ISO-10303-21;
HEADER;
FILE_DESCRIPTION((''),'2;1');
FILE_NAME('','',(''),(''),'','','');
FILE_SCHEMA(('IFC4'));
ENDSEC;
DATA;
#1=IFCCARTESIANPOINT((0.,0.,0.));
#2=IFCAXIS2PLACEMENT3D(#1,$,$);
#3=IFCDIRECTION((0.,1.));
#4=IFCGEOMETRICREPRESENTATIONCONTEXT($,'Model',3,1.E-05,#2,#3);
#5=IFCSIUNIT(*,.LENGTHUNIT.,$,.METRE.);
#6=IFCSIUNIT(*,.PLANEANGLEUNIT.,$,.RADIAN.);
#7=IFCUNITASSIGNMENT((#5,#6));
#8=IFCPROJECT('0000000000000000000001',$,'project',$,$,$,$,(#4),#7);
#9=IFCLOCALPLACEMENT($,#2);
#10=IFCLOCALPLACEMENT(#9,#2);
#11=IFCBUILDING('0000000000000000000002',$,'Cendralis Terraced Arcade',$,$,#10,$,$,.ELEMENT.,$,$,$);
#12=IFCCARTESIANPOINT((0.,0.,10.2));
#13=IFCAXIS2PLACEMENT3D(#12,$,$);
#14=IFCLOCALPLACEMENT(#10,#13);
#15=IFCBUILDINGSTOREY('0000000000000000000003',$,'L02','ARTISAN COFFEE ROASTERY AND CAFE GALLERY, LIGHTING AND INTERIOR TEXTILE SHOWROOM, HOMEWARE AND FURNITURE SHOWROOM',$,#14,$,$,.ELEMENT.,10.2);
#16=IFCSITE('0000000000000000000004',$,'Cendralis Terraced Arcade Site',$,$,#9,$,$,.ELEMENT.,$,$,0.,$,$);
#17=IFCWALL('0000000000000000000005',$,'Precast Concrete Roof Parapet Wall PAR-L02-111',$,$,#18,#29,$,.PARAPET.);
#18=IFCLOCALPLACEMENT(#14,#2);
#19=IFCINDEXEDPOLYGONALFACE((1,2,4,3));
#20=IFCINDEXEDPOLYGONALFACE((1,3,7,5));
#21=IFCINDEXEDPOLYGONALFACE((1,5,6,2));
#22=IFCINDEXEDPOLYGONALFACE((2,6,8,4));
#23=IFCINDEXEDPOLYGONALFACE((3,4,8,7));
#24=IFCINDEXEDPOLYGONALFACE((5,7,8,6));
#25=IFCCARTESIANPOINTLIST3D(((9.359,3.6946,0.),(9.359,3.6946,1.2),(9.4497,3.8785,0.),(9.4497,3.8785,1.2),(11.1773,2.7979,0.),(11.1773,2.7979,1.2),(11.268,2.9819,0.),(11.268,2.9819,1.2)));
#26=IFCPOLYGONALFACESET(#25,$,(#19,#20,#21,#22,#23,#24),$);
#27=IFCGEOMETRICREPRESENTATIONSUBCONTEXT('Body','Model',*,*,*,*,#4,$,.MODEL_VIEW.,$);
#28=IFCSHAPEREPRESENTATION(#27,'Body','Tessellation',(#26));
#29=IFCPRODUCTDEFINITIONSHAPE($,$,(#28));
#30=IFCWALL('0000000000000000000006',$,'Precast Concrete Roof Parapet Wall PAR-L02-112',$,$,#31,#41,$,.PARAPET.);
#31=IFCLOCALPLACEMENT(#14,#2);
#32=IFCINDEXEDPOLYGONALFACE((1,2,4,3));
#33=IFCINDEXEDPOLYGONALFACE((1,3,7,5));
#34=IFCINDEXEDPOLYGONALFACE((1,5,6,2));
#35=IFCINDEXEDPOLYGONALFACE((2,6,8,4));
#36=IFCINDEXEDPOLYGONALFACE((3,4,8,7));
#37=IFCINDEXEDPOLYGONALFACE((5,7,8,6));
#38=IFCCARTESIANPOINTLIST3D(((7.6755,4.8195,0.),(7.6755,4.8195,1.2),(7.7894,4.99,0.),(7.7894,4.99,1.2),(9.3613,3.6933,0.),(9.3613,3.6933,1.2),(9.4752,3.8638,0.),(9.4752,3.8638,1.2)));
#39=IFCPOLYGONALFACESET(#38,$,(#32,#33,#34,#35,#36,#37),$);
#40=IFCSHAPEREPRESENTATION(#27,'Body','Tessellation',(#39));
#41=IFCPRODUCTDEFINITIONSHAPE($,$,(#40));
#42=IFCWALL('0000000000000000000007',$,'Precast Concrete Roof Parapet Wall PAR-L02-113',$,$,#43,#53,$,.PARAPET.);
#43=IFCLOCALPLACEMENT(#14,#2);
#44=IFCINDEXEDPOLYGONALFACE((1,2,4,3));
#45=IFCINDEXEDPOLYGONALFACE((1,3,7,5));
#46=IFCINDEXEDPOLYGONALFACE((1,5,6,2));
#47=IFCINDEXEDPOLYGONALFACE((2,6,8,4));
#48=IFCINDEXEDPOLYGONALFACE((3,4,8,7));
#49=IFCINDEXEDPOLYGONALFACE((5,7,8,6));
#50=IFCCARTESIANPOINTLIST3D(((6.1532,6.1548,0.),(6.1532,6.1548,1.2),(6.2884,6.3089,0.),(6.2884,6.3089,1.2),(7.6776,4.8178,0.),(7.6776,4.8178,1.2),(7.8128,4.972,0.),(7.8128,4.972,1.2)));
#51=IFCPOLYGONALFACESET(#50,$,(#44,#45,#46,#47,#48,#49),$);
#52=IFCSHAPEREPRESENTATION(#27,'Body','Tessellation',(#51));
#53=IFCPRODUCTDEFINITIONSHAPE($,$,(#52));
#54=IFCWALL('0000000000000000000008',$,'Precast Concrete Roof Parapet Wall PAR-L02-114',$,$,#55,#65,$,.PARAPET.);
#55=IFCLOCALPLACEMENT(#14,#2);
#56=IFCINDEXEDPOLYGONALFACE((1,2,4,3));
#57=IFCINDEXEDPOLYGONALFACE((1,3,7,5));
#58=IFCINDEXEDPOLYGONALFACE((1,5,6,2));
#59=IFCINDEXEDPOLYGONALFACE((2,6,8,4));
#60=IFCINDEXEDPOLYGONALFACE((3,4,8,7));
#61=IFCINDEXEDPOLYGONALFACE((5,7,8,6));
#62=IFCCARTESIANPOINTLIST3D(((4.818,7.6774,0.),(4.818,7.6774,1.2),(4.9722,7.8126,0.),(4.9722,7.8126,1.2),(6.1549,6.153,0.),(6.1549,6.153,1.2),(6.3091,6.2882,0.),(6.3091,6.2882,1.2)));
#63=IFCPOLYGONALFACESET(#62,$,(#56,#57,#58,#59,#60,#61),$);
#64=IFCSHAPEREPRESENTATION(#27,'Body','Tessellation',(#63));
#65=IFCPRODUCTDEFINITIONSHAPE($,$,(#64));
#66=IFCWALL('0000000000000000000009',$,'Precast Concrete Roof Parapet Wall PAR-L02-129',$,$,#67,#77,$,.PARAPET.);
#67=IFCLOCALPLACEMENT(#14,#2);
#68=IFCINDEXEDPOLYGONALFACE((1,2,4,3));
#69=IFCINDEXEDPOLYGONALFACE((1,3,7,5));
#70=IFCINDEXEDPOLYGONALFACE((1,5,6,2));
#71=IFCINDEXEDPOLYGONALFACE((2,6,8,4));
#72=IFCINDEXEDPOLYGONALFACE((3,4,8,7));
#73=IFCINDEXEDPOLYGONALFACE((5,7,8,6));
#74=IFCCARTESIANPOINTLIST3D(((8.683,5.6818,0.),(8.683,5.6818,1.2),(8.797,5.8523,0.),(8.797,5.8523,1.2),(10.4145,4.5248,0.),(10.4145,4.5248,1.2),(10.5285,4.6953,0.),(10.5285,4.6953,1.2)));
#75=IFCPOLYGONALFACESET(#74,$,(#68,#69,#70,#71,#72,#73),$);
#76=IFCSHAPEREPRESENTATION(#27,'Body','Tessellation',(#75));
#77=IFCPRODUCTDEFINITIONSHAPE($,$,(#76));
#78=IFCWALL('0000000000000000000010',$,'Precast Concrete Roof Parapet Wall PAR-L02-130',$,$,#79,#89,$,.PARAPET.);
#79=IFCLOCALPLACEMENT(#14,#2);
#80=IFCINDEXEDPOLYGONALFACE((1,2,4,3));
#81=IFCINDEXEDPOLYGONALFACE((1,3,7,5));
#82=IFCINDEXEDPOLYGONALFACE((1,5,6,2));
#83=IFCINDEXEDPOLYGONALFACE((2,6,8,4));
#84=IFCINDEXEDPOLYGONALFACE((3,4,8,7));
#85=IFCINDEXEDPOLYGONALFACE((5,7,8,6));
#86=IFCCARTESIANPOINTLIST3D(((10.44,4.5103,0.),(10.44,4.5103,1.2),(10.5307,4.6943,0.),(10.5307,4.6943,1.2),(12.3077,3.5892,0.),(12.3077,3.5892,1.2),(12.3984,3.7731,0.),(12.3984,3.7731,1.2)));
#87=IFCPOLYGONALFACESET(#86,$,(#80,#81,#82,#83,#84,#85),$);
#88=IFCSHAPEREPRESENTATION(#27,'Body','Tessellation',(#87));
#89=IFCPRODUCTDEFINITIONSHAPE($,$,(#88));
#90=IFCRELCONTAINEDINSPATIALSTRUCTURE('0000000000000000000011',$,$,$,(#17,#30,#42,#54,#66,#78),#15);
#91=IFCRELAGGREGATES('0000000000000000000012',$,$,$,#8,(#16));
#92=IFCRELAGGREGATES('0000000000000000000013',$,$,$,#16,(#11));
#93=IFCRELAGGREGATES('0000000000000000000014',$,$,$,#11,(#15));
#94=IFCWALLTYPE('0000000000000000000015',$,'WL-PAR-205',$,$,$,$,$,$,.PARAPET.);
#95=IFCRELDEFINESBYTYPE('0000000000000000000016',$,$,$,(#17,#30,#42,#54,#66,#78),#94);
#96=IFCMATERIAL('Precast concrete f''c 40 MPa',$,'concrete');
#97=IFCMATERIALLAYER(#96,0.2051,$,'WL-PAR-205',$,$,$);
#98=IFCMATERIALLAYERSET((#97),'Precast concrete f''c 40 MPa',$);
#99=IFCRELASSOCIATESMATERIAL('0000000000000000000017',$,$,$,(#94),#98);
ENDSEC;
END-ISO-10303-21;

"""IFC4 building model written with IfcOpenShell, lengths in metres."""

from ifc_helpers import new_model, si_unit, direction, frame, frame_2d, origin, place, context, subcontext, project, spatial, rectangle, extrude, material, layer, layer_set, type_object, element, save


model = new_model("IFC4")

# Units and contexts
model_context = context("Model", 3, precision=1e-05, world=origin(), true_north=direction((0.0, 1.0)))
body_context = subcontext(model_context, "Body", "Model", "MODEL_VIEW")
ifc_project = project(units=[si_unit("LENGTHUNIT", "METRE"), si_unit("PLANEANGLEUNIT", "RADIAN")], contexts=[model_context])

# Site, building, storey
site_placement = place(None, origin())
site = spatial("IfcSite", under=ifc_project, at=site_placement, Name="Cendralis Terraced Arcade Site", CompositionType="ELEMENT", RefElevation=0.0)
building_placement = place(site_placement, origin())
building = spatial("IfcBuilding", under=site, at=building_placement, Name="Cendralis Terraced Arcade", CompositionType="ELEMENT")
storey_placement = place(building_placement, frame((0.0, 0.0, 10.2)))
storey = spatial("IfcBuildingStorey", under=building, at=storey_placement, Name="L02", Description="ARTISAN COFFEE ROASTERY AND CAFE GALLERY, LIGHTING AND INTERIOR TEXTILE SHOWROOM, HOMEWARE AND FURNITURE SHOWROOM", CompositionType="ELEMENT", Elevation=10.2)

# Walls
ifc_material_1 = material(Name="Precast concrete f'c 40 MPa", Category="concrete")
ifc_layer_1 = layer(ifc_material_1, 0.2051, Name="WL-PAR-205")
ifc_layer_set_1 = layer_set([ifc_layer_1], Name="Precast concrete f'c 40 MPa")
wall_type = type_object("IfcWallType", Name="WL-PAR-205", PredefinedType="PARAPET", material=ifc_layer_set_1)
for number, where, z_axis, x_axis, name in (
    (1, (11.2227, 2.8899, 0.0), (0.0, 0.0, 1.0), (-0.89687, 0.442294, 0.0), "Precast Concrete Roof Parapet Wall PAR-L02-111"),
    (2, (9.4182, 3.7786, 0.0), (0.0, 0.0, 1.0), (-0.831513, 0.555506, 0.0), "Precast Concrete Roof Parapet Wall PAR-L02-112"),
):
    element("IfcWall", number, at=place(storey_placement, frame(where, z_axis=z_axis, x_axis=x_axis)), inside=storey, type_object=wall_type, Name=name, PredefinedType="PARAPET", context=body_context, shape_type="SweptSolid", body=[
        extrude(rectangle(XDim=2.0273, YDim=0.2051, at=frame_2d((1.0137, 0.0))), origin(), (0.0, 0.0, 1.0), 1.2),
    ])
for number, where, z_axis, x_axis, name in (
    (3, (7.7451, 4.895, 0.0), (0.0, 0.0, 1.0), (-0.75183, 0.659357, 0.0), "Precast Concrete Roof Parapet Wall PAR-L02-113"),
    (4, (6.2319, 6.2207, 0.0), (0.0, 0.0, 1.0), (-0.659357, 0.75183, 0.0), "Precast Concrete Roof Parapet Wall PAR-L02-114"),
):
    element("IfcWall", number, at=place(storey_placement, frame(where, z_axis=z_axis, x_axis=x_axis)), inside=storey, type_object=wall_type, Name=name, PredefinedType="PARAPET", context=body_context, shape_type="SweptSolid", body=[
        extrude(rectangle(XDim=2.0276, YDim=0.2051, at=frame_2d((1.0137, 0.0))), origin(), (0.0, 0.0, 1.0), 1.2),
    ])
for number, where, z_axis, x_axis, name in (
    (5, (8.74, 5.7671, 0.0), (0.0, 0.0, 1.0), (0.831455, -0.555593, 0.0), "Precast Concrete Roof Parapet Wall PAR-L02-129"),
    (6, (10.4854, 4.6023, 0.0), (0.0, 0.0, 1.0), (0.896852, -0.44233, 0.0), "Precast Concrete Roof Parapet Wall PAR-L02-130"),
):
    element("IfcWall", number, at=place(storey_placement, frame(where, z_axis=z_axis, x_axis=x_axis)), inside=storey, type_object=wall_type, Name=name, PredefinedType="PARAPET", context=body_context, shape_type="SweptSolid", body=[
        extrude(rectangle(XDim=2.0825, YDim=0.2051, at=frame_2d((1.0413, 0.0))), origin(), (0.0, 0.0, 1.0), 1.2),
    ])

save(model, "model.ifc")
